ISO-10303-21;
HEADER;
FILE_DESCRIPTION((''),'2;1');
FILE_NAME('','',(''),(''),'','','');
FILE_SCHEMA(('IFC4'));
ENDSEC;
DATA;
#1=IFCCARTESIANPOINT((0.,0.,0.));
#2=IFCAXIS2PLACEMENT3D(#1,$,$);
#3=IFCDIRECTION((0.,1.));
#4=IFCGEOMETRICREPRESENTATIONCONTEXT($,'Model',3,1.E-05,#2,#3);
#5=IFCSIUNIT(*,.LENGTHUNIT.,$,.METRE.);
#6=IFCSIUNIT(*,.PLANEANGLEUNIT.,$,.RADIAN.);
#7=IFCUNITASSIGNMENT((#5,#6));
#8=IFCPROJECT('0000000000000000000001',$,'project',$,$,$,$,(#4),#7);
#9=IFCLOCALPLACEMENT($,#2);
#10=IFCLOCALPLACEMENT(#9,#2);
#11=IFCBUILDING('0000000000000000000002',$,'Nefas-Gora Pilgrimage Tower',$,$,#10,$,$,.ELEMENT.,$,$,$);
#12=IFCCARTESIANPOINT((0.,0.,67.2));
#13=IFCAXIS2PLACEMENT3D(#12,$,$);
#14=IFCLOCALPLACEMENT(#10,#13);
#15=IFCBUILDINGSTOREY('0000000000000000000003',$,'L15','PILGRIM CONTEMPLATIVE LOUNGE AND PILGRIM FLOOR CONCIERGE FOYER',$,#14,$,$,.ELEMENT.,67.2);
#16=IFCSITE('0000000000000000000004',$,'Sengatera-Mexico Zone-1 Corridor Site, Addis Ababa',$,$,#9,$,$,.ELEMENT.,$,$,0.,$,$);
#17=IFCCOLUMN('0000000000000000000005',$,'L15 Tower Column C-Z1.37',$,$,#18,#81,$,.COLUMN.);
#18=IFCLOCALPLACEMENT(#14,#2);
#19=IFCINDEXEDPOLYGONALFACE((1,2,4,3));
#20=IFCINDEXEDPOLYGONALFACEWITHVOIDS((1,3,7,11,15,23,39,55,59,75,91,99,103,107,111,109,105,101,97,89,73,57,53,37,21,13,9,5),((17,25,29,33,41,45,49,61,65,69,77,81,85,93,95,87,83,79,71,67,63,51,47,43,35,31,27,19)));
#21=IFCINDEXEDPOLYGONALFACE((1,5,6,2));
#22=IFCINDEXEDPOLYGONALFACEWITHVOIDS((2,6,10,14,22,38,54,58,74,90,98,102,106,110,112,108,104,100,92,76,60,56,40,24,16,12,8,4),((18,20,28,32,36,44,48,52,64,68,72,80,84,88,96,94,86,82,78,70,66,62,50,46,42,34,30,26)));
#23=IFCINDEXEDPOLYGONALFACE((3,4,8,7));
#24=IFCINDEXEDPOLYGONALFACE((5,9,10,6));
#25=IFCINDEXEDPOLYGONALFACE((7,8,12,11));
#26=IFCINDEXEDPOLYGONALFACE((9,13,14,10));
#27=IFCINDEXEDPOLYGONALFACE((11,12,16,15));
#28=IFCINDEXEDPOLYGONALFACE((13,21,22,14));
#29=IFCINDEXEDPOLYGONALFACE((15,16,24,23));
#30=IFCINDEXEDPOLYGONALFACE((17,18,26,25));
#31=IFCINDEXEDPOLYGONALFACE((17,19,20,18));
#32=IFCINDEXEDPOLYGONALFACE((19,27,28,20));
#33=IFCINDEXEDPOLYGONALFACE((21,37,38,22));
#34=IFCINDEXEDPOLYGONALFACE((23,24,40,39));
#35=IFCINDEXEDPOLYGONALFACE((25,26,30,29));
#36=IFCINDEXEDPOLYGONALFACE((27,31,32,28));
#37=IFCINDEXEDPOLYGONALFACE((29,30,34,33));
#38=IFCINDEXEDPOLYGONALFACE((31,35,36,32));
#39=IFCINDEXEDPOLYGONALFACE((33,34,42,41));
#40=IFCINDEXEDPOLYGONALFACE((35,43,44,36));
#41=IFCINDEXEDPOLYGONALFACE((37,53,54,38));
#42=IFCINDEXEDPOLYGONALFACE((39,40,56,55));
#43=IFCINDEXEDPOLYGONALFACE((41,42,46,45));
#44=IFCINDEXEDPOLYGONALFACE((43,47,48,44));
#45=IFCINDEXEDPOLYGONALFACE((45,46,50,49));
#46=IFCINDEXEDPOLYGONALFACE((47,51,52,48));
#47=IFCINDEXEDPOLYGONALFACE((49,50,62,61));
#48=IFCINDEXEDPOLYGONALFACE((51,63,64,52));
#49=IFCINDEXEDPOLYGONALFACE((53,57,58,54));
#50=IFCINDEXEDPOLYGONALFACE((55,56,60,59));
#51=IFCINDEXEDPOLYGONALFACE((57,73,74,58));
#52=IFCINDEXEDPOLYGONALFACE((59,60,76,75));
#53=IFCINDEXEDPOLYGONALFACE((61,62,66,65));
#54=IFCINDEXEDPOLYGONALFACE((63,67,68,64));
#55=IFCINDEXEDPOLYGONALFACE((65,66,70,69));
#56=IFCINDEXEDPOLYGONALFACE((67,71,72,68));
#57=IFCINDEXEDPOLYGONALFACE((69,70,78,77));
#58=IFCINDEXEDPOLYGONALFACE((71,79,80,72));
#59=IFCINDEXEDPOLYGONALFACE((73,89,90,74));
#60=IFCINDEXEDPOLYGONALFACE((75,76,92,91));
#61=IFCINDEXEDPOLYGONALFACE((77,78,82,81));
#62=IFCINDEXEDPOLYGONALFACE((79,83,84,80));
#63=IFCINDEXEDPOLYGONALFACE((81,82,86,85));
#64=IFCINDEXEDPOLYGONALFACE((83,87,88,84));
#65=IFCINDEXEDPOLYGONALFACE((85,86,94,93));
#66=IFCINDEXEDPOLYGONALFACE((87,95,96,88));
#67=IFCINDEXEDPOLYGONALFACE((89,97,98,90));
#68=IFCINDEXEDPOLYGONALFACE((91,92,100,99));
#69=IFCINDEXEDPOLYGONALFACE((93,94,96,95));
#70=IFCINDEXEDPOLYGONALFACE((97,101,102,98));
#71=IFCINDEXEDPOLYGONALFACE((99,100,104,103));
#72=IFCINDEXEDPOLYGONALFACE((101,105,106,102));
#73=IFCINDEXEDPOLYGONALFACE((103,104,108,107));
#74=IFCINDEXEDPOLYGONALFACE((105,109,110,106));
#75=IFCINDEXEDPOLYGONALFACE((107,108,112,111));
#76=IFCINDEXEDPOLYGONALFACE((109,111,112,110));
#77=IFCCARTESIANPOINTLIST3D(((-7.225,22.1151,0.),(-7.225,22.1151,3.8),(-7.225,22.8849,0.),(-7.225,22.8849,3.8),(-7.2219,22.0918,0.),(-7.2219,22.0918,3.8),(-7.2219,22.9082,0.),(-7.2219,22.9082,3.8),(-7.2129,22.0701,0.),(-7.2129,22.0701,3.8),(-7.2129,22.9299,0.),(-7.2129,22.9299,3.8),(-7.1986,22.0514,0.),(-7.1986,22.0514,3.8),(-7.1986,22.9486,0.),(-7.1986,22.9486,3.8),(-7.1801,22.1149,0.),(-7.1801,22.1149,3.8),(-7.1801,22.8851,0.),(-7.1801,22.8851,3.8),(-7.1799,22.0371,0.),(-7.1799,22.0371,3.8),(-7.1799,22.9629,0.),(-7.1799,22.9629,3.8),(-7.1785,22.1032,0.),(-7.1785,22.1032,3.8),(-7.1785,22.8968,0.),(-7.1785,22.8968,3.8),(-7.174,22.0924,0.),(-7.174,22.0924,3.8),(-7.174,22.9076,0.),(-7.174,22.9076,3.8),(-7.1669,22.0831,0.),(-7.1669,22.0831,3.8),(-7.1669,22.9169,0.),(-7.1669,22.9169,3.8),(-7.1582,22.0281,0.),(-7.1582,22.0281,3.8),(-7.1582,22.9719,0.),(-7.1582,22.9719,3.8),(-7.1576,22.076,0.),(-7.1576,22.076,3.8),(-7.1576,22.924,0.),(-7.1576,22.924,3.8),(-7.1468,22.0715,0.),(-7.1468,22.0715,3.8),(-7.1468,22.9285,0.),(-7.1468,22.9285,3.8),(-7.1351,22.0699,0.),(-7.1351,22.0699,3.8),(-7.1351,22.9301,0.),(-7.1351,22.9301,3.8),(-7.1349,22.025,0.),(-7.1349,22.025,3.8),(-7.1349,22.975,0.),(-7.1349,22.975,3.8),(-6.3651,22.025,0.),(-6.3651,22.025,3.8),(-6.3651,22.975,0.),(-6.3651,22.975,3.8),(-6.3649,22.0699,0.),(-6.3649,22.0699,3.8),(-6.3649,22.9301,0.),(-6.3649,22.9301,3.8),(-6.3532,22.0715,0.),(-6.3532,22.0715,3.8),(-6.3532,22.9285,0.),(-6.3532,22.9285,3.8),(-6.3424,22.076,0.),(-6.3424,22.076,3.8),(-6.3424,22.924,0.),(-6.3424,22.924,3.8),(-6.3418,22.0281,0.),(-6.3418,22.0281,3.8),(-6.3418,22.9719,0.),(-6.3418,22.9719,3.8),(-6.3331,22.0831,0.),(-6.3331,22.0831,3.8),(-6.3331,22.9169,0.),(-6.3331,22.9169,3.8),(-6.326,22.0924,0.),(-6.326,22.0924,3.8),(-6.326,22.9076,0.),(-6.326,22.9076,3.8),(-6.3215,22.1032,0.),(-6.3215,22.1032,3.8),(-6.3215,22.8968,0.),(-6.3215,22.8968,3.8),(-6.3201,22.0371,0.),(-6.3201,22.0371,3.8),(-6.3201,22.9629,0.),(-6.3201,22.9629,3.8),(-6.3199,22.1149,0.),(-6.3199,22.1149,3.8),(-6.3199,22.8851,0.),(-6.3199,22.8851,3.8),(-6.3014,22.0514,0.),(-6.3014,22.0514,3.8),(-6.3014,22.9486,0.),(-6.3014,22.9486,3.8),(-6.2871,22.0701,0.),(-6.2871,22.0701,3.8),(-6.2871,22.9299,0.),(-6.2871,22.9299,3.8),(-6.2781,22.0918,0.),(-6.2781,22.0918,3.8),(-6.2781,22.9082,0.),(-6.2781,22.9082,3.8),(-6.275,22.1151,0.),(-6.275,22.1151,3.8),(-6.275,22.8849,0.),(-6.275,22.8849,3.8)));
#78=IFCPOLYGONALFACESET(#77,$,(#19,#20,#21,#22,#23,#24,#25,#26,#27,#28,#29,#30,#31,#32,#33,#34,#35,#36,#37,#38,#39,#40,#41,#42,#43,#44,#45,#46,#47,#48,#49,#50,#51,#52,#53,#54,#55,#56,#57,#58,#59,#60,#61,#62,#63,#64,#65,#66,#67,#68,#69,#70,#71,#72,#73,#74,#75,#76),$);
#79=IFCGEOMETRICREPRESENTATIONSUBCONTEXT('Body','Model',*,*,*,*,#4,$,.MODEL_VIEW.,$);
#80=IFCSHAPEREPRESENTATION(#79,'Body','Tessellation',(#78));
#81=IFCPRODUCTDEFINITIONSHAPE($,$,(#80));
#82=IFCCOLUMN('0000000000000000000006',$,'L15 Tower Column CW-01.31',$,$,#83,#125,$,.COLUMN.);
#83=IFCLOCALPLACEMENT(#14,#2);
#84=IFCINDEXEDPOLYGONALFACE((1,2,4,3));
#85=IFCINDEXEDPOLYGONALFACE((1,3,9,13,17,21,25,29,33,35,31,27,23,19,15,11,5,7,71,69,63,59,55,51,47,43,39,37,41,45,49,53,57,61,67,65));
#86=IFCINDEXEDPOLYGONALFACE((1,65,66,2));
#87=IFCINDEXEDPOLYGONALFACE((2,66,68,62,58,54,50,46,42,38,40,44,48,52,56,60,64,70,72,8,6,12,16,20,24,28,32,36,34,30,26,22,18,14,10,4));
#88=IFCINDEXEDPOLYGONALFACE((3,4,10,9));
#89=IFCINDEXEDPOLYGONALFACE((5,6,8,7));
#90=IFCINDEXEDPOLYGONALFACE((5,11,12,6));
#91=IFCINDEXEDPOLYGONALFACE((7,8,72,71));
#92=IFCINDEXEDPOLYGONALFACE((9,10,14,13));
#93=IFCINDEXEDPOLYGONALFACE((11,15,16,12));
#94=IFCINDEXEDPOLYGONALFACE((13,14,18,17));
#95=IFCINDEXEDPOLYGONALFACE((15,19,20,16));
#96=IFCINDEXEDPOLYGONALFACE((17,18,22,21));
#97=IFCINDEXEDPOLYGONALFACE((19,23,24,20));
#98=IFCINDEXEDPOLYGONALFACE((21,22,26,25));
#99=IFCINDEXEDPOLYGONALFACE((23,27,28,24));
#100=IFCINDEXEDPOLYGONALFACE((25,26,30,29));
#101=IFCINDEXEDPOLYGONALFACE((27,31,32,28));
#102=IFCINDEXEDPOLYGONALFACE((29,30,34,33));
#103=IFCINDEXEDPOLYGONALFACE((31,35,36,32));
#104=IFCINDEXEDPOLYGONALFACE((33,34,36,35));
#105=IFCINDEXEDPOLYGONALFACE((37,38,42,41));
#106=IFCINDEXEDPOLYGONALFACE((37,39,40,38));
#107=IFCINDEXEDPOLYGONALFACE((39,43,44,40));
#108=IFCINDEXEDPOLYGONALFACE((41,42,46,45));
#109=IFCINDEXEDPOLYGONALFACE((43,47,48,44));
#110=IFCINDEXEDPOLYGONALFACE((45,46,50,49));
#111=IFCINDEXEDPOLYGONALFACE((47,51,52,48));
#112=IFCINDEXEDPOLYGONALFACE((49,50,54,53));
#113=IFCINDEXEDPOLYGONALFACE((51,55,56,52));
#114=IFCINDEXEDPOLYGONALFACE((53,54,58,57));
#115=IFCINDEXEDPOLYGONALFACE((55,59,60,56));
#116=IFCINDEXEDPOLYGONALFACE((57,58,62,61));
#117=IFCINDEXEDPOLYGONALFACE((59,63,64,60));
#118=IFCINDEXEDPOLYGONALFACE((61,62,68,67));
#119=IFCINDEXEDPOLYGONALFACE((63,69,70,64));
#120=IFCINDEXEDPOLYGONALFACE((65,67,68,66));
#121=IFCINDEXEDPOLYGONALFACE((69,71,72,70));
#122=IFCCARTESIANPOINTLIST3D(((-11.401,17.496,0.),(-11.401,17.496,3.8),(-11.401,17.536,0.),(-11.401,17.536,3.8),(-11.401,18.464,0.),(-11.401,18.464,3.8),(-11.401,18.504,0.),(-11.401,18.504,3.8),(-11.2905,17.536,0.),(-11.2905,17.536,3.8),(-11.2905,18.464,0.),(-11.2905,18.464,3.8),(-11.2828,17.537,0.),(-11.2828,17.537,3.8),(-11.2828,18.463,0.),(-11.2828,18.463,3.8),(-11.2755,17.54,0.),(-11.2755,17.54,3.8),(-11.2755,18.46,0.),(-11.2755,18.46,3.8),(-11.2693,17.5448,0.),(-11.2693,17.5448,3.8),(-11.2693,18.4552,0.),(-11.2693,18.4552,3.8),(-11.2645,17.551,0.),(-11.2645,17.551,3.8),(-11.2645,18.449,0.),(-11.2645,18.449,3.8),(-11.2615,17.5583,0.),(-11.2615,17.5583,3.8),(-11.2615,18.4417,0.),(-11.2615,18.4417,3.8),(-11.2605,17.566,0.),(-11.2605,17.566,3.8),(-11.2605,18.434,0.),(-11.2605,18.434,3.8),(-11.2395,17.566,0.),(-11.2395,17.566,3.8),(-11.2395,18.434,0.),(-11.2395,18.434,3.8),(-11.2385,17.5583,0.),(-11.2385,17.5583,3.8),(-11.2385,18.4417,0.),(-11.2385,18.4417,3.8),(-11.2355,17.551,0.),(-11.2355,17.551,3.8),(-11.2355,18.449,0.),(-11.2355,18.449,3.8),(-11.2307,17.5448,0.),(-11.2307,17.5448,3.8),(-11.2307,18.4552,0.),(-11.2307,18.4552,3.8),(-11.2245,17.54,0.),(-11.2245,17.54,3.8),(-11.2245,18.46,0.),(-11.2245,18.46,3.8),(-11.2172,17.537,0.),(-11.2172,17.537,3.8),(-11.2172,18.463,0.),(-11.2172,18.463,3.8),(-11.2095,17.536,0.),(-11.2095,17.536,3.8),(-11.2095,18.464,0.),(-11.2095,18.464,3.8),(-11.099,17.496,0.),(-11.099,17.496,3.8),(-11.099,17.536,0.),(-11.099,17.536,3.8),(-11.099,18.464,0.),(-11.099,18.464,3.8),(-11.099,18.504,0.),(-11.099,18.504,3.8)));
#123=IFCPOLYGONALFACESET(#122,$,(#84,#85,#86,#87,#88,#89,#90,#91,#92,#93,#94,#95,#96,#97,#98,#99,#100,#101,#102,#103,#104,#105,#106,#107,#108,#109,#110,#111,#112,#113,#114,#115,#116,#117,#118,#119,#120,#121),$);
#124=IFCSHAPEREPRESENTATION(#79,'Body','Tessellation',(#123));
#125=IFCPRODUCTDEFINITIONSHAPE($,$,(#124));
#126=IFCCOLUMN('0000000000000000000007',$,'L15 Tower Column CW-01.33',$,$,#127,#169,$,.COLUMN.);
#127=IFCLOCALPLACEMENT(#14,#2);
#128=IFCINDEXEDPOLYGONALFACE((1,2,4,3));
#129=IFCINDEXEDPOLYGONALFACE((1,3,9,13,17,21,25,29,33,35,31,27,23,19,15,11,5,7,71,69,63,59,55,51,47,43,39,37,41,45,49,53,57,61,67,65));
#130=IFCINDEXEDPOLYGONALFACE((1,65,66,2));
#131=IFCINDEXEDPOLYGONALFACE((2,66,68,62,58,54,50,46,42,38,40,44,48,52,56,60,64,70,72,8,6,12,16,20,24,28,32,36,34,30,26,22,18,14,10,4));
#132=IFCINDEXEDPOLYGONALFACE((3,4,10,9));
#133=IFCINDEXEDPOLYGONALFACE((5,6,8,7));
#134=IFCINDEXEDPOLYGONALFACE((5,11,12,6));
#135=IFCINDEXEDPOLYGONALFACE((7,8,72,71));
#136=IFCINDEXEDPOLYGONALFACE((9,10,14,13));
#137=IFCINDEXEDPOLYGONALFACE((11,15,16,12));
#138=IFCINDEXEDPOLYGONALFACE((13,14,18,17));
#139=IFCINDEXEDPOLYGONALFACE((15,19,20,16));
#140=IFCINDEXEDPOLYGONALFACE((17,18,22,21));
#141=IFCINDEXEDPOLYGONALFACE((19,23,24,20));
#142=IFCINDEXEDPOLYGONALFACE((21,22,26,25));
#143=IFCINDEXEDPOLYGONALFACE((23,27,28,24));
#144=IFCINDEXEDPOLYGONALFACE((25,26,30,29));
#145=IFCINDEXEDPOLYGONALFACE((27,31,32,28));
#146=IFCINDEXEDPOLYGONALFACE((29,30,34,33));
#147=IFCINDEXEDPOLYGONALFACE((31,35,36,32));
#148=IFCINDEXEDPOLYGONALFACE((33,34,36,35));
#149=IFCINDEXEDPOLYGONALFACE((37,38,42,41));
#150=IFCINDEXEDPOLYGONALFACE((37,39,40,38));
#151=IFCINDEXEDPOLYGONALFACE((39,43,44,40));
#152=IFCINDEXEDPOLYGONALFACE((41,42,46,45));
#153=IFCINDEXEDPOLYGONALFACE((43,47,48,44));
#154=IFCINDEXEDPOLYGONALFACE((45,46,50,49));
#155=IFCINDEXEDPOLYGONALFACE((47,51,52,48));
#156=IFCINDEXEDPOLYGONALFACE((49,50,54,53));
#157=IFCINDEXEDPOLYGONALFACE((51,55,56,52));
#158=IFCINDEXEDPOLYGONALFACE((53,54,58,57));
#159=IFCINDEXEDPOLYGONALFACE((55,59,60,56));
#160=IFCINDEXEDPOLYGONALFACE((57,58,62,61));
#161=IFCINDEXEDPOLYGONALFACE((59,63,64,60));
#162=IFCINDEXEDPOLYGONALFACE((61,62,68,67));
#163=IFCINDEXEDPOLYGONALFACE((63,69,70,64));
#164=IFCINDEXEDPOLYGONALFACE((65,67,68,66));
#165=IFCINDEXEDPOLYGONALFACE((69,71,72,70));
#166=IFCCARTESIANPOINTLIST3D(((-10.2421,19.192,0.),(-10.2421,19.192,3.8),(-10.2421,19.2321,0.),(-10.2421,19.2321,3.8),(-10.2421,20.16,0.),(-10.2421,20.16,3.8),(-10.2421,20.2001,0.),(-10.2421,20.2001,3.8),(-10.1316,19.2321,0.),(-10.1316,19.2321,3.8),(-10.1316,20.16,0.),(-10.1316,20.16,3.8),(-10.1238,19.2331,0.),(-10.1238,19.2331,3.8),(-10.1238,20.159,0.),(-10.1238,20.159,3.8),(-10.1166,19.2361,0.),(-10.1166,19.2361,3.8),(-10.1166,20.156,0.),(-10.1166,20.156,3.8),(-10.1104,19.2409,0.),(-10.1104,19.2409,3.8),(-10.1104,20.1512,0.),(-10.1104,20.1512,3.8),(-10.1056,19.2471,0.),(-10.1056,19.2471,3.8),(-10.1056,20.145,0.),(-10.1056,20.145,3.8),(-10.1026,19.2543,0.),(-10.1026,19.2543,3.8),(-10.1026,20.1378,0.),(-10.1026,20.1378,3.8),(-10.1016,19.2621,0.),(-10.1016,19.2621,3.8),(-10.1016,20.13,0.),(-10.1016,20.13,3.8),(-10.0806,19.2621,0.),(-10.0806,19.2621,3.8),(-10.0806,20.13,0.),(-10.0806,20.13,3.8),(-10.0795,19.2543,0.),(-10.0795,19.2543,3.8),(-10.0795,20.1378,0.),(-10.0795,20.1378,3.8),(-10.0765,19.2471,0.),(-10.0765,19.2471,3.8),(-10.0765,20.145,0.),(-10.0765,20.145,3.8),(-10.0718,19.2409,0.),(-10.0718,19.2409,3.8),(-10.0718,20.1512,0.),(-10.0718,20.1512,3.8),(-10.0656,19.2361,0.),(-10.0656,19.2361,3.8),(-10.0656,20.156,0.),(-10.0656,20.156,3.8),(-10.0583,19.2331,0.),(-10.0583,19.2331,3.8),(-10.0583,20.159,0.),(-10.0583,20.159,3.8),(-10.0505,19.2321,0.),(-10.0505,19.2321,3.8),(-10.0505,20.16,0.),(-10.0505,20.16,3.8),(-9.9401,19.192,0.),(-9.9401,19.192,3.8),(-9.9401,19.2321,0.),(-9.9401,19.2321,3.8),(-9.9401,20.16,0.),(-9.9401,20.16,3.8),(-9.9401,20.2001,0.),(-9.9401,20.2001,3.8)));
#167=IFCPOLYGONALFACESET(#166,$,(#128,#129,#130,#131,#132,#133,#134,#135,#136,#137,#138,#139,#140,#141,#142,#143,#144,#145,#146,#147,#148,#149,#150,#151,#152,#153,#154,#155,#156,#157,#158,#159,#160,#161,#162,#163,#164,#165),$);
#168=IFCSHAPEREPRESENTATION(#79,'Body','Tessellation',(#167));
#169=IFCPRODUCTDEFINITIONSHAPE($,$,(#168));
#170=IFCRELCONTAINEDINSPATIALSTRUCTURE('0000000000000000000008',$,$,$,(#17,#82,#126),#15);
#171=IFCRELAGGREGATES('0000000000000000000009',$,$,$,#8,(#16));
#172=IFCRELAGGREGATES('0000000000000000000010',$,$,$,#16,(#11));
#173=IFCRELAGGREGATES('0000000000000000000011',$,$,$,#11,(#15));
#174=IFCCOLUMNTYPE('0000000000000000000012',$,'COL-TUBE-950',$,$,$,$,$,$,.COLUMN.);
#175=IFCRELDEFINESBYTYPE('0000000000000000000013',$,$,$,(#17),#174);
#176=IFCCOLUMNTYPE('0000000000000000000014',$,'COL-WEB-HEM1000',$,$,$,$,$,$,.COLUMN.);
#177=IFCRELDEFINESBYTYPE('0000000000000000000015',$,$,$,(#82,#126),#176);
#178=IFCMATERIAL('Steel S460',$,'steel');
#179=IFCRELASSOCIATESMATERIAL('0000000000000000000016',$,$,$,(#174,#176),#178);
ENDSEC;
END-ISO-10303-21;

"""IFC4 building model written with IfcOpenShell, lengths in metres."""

from ifc_helpers import new_model, si_unit, direction, frame, origin, origin_2d, place, context, subcontext, project, spatial, hollow_rectangle, i_section, extrude, source, transform, mapped, material, material_profile, profile_set, type_object, element, save


model = new_model("IFC4")

# Units and contexts
model_context = context("Model", 3, precision=1e-05, world=origin(), true_north=direction((0.0, 1.0)))
body_context = subcontext(model_context, "Body", "Model", "MODEL_VIEW")
ifc_project = project(units=[si_unit("LENGTHUNIT", "METRE"), si_unit("PLANEANGLEUNIT", "RADIAN")], contexts=[model_context])

# Site, building, storey
site_placement = place(None, origin())
site = spatial("IfcSite", under=ifc_project, at=site_placement, Name="Sengatera-Mexico Zone-1 Corridor Site, Addis Ababa", CompositionType="ELEMENT", RefElevation=0.0)
building_placement = place(site_placement, origin())
building = spatial("IfcBuilding", under=site, at=building_placement, Name="Nefas-Gora Pilgrimage Tower", CompositionType="ELEMENT")
storey_placement = place(building_placement, frame((0.0, 0.0, 67.2)))
storey = spatial("IfcBuildingStorey", under=building, at=storey_placement, Name="L15", Description="PILGRIM CONTEMPLATIVE LOUNGE AND PILGRIM FLOOR CONCIERGE FOYER", CompositionType="ELEMENT", Elevation=67.2)

# Columns
ifc_material_1 = material(Name="Steel S460", Category="steel")
ifc_material_profile_1 = material_profile(ifc_material_1, hollow_rectangle(XDim=0.95, YDim=0.95, WallThickness=0.0449, InnerFilletRadius=0.0449, OuterFilletRadius=0.0901, at=origin_2d()), Name="BOX 950x950x45")
ifc_profile_set_1 = profile_set([ifc_material_profile_1], Name="Steel S460")
column_type_1 = type_object("IfcColumnType", Name="COL-TUBE-950", PredefinedType="COLUMN", material=ifc_profile_set_1)
shared_shape_1 = source(origin(), body_context, "Body", "SweptSolid", [
    extrude(hollow_rectangle(XDim=0.95, YDim=0.95, WallThickness=0.0449, InnerFilletRadius=0.0449, OuterFilletRadius=0.0901, at=origin_2d()), origin(), (0.0, 0.0, 1.0), 3.8),
])
column_placement = place(storey_placement, frame((-6.75, 22.5, 0.0), z_axis=(0.0, 0.0, 1.0), x_axis=(1.0, 0.0, 0.0)))
element("IfcColumn", 1, at=column_placement, inside=storey, type_object=column_type_1, Name="L15 Tower Column C-Z1.37", PredefinedType="COLUMN", context=body_context, shape_type="MappedRepresentation", body=[
    mapped(shared_shape_1, transform((0.0, 0.0, 0.0), x_axis=(1.0, 0.0, 0.0), y_axis=(0.0, 1.0, 0.0), z_axis=(0.0, 0.0, 1.0), scale=1.0)),
])
ifc_material_profile_2 = material_profile(ifc_material_1, i_section(OverallWidth=0.302, OverallDepth=1.0081, WebThickness=0.021, FlangeThickness=0.04, FilletRadius=0.03, at=origin_2d()), Name="HEM 1000")
ifc_profile_set_2 = profile_set([ifc_material_profile_2], Name="Steel S460")
column_type_2 = type_object("IfcColumnType", Name="COL-WEB-HEM1000", PredefinedType="COLUMN", material=ifc_profile_set_2)
shared_shape_2 = source(origin(), body_context, "Body", "SweptSolid", [
    extrude(i_section(OverallWidth=0.302, OverallDepth=1.0081, WebThickness=0.021, FlangeThickness=0.04, FilletRadius=0.03, at=origin_2d()), origin(), (0.0, 0.0, 1.0), 3.8),
])
for number, where, z_axis, x_axis, name in (
    (2, (-11.25, 18.0, 0.0), (0.0, 0.0, 1.0), (1.0, 0.0, 0.0), "L15 Tower Column CW-01.31"),
    (3, (-10.0911, 19.696, 0.0), (0.0, 0.0, 1.0), (1.0, 0.0, 0.0), "L15 Tower Column CW-01.33"),
):
    element("IfcColumn", number, at=place(storey_placement, frame(where, z_axis=z_axis, x_axis=x_axis)), inside=storey, type_object=column_type_2, Name=name, PredefinedType="COLUMN", context=body_context, shape_type="MappedRepresentation", body=[
        mapped(shared_shape_2, transform((0.0, 0.0, 0.0), x_axis=(1.0, 0.0, 0.0), y_axis=(0.0, 1.0, 0.0), z_axis=(0.0, 0.0, 1.0), scale=1.0)),
    ])

save(model, "model.ifc")
